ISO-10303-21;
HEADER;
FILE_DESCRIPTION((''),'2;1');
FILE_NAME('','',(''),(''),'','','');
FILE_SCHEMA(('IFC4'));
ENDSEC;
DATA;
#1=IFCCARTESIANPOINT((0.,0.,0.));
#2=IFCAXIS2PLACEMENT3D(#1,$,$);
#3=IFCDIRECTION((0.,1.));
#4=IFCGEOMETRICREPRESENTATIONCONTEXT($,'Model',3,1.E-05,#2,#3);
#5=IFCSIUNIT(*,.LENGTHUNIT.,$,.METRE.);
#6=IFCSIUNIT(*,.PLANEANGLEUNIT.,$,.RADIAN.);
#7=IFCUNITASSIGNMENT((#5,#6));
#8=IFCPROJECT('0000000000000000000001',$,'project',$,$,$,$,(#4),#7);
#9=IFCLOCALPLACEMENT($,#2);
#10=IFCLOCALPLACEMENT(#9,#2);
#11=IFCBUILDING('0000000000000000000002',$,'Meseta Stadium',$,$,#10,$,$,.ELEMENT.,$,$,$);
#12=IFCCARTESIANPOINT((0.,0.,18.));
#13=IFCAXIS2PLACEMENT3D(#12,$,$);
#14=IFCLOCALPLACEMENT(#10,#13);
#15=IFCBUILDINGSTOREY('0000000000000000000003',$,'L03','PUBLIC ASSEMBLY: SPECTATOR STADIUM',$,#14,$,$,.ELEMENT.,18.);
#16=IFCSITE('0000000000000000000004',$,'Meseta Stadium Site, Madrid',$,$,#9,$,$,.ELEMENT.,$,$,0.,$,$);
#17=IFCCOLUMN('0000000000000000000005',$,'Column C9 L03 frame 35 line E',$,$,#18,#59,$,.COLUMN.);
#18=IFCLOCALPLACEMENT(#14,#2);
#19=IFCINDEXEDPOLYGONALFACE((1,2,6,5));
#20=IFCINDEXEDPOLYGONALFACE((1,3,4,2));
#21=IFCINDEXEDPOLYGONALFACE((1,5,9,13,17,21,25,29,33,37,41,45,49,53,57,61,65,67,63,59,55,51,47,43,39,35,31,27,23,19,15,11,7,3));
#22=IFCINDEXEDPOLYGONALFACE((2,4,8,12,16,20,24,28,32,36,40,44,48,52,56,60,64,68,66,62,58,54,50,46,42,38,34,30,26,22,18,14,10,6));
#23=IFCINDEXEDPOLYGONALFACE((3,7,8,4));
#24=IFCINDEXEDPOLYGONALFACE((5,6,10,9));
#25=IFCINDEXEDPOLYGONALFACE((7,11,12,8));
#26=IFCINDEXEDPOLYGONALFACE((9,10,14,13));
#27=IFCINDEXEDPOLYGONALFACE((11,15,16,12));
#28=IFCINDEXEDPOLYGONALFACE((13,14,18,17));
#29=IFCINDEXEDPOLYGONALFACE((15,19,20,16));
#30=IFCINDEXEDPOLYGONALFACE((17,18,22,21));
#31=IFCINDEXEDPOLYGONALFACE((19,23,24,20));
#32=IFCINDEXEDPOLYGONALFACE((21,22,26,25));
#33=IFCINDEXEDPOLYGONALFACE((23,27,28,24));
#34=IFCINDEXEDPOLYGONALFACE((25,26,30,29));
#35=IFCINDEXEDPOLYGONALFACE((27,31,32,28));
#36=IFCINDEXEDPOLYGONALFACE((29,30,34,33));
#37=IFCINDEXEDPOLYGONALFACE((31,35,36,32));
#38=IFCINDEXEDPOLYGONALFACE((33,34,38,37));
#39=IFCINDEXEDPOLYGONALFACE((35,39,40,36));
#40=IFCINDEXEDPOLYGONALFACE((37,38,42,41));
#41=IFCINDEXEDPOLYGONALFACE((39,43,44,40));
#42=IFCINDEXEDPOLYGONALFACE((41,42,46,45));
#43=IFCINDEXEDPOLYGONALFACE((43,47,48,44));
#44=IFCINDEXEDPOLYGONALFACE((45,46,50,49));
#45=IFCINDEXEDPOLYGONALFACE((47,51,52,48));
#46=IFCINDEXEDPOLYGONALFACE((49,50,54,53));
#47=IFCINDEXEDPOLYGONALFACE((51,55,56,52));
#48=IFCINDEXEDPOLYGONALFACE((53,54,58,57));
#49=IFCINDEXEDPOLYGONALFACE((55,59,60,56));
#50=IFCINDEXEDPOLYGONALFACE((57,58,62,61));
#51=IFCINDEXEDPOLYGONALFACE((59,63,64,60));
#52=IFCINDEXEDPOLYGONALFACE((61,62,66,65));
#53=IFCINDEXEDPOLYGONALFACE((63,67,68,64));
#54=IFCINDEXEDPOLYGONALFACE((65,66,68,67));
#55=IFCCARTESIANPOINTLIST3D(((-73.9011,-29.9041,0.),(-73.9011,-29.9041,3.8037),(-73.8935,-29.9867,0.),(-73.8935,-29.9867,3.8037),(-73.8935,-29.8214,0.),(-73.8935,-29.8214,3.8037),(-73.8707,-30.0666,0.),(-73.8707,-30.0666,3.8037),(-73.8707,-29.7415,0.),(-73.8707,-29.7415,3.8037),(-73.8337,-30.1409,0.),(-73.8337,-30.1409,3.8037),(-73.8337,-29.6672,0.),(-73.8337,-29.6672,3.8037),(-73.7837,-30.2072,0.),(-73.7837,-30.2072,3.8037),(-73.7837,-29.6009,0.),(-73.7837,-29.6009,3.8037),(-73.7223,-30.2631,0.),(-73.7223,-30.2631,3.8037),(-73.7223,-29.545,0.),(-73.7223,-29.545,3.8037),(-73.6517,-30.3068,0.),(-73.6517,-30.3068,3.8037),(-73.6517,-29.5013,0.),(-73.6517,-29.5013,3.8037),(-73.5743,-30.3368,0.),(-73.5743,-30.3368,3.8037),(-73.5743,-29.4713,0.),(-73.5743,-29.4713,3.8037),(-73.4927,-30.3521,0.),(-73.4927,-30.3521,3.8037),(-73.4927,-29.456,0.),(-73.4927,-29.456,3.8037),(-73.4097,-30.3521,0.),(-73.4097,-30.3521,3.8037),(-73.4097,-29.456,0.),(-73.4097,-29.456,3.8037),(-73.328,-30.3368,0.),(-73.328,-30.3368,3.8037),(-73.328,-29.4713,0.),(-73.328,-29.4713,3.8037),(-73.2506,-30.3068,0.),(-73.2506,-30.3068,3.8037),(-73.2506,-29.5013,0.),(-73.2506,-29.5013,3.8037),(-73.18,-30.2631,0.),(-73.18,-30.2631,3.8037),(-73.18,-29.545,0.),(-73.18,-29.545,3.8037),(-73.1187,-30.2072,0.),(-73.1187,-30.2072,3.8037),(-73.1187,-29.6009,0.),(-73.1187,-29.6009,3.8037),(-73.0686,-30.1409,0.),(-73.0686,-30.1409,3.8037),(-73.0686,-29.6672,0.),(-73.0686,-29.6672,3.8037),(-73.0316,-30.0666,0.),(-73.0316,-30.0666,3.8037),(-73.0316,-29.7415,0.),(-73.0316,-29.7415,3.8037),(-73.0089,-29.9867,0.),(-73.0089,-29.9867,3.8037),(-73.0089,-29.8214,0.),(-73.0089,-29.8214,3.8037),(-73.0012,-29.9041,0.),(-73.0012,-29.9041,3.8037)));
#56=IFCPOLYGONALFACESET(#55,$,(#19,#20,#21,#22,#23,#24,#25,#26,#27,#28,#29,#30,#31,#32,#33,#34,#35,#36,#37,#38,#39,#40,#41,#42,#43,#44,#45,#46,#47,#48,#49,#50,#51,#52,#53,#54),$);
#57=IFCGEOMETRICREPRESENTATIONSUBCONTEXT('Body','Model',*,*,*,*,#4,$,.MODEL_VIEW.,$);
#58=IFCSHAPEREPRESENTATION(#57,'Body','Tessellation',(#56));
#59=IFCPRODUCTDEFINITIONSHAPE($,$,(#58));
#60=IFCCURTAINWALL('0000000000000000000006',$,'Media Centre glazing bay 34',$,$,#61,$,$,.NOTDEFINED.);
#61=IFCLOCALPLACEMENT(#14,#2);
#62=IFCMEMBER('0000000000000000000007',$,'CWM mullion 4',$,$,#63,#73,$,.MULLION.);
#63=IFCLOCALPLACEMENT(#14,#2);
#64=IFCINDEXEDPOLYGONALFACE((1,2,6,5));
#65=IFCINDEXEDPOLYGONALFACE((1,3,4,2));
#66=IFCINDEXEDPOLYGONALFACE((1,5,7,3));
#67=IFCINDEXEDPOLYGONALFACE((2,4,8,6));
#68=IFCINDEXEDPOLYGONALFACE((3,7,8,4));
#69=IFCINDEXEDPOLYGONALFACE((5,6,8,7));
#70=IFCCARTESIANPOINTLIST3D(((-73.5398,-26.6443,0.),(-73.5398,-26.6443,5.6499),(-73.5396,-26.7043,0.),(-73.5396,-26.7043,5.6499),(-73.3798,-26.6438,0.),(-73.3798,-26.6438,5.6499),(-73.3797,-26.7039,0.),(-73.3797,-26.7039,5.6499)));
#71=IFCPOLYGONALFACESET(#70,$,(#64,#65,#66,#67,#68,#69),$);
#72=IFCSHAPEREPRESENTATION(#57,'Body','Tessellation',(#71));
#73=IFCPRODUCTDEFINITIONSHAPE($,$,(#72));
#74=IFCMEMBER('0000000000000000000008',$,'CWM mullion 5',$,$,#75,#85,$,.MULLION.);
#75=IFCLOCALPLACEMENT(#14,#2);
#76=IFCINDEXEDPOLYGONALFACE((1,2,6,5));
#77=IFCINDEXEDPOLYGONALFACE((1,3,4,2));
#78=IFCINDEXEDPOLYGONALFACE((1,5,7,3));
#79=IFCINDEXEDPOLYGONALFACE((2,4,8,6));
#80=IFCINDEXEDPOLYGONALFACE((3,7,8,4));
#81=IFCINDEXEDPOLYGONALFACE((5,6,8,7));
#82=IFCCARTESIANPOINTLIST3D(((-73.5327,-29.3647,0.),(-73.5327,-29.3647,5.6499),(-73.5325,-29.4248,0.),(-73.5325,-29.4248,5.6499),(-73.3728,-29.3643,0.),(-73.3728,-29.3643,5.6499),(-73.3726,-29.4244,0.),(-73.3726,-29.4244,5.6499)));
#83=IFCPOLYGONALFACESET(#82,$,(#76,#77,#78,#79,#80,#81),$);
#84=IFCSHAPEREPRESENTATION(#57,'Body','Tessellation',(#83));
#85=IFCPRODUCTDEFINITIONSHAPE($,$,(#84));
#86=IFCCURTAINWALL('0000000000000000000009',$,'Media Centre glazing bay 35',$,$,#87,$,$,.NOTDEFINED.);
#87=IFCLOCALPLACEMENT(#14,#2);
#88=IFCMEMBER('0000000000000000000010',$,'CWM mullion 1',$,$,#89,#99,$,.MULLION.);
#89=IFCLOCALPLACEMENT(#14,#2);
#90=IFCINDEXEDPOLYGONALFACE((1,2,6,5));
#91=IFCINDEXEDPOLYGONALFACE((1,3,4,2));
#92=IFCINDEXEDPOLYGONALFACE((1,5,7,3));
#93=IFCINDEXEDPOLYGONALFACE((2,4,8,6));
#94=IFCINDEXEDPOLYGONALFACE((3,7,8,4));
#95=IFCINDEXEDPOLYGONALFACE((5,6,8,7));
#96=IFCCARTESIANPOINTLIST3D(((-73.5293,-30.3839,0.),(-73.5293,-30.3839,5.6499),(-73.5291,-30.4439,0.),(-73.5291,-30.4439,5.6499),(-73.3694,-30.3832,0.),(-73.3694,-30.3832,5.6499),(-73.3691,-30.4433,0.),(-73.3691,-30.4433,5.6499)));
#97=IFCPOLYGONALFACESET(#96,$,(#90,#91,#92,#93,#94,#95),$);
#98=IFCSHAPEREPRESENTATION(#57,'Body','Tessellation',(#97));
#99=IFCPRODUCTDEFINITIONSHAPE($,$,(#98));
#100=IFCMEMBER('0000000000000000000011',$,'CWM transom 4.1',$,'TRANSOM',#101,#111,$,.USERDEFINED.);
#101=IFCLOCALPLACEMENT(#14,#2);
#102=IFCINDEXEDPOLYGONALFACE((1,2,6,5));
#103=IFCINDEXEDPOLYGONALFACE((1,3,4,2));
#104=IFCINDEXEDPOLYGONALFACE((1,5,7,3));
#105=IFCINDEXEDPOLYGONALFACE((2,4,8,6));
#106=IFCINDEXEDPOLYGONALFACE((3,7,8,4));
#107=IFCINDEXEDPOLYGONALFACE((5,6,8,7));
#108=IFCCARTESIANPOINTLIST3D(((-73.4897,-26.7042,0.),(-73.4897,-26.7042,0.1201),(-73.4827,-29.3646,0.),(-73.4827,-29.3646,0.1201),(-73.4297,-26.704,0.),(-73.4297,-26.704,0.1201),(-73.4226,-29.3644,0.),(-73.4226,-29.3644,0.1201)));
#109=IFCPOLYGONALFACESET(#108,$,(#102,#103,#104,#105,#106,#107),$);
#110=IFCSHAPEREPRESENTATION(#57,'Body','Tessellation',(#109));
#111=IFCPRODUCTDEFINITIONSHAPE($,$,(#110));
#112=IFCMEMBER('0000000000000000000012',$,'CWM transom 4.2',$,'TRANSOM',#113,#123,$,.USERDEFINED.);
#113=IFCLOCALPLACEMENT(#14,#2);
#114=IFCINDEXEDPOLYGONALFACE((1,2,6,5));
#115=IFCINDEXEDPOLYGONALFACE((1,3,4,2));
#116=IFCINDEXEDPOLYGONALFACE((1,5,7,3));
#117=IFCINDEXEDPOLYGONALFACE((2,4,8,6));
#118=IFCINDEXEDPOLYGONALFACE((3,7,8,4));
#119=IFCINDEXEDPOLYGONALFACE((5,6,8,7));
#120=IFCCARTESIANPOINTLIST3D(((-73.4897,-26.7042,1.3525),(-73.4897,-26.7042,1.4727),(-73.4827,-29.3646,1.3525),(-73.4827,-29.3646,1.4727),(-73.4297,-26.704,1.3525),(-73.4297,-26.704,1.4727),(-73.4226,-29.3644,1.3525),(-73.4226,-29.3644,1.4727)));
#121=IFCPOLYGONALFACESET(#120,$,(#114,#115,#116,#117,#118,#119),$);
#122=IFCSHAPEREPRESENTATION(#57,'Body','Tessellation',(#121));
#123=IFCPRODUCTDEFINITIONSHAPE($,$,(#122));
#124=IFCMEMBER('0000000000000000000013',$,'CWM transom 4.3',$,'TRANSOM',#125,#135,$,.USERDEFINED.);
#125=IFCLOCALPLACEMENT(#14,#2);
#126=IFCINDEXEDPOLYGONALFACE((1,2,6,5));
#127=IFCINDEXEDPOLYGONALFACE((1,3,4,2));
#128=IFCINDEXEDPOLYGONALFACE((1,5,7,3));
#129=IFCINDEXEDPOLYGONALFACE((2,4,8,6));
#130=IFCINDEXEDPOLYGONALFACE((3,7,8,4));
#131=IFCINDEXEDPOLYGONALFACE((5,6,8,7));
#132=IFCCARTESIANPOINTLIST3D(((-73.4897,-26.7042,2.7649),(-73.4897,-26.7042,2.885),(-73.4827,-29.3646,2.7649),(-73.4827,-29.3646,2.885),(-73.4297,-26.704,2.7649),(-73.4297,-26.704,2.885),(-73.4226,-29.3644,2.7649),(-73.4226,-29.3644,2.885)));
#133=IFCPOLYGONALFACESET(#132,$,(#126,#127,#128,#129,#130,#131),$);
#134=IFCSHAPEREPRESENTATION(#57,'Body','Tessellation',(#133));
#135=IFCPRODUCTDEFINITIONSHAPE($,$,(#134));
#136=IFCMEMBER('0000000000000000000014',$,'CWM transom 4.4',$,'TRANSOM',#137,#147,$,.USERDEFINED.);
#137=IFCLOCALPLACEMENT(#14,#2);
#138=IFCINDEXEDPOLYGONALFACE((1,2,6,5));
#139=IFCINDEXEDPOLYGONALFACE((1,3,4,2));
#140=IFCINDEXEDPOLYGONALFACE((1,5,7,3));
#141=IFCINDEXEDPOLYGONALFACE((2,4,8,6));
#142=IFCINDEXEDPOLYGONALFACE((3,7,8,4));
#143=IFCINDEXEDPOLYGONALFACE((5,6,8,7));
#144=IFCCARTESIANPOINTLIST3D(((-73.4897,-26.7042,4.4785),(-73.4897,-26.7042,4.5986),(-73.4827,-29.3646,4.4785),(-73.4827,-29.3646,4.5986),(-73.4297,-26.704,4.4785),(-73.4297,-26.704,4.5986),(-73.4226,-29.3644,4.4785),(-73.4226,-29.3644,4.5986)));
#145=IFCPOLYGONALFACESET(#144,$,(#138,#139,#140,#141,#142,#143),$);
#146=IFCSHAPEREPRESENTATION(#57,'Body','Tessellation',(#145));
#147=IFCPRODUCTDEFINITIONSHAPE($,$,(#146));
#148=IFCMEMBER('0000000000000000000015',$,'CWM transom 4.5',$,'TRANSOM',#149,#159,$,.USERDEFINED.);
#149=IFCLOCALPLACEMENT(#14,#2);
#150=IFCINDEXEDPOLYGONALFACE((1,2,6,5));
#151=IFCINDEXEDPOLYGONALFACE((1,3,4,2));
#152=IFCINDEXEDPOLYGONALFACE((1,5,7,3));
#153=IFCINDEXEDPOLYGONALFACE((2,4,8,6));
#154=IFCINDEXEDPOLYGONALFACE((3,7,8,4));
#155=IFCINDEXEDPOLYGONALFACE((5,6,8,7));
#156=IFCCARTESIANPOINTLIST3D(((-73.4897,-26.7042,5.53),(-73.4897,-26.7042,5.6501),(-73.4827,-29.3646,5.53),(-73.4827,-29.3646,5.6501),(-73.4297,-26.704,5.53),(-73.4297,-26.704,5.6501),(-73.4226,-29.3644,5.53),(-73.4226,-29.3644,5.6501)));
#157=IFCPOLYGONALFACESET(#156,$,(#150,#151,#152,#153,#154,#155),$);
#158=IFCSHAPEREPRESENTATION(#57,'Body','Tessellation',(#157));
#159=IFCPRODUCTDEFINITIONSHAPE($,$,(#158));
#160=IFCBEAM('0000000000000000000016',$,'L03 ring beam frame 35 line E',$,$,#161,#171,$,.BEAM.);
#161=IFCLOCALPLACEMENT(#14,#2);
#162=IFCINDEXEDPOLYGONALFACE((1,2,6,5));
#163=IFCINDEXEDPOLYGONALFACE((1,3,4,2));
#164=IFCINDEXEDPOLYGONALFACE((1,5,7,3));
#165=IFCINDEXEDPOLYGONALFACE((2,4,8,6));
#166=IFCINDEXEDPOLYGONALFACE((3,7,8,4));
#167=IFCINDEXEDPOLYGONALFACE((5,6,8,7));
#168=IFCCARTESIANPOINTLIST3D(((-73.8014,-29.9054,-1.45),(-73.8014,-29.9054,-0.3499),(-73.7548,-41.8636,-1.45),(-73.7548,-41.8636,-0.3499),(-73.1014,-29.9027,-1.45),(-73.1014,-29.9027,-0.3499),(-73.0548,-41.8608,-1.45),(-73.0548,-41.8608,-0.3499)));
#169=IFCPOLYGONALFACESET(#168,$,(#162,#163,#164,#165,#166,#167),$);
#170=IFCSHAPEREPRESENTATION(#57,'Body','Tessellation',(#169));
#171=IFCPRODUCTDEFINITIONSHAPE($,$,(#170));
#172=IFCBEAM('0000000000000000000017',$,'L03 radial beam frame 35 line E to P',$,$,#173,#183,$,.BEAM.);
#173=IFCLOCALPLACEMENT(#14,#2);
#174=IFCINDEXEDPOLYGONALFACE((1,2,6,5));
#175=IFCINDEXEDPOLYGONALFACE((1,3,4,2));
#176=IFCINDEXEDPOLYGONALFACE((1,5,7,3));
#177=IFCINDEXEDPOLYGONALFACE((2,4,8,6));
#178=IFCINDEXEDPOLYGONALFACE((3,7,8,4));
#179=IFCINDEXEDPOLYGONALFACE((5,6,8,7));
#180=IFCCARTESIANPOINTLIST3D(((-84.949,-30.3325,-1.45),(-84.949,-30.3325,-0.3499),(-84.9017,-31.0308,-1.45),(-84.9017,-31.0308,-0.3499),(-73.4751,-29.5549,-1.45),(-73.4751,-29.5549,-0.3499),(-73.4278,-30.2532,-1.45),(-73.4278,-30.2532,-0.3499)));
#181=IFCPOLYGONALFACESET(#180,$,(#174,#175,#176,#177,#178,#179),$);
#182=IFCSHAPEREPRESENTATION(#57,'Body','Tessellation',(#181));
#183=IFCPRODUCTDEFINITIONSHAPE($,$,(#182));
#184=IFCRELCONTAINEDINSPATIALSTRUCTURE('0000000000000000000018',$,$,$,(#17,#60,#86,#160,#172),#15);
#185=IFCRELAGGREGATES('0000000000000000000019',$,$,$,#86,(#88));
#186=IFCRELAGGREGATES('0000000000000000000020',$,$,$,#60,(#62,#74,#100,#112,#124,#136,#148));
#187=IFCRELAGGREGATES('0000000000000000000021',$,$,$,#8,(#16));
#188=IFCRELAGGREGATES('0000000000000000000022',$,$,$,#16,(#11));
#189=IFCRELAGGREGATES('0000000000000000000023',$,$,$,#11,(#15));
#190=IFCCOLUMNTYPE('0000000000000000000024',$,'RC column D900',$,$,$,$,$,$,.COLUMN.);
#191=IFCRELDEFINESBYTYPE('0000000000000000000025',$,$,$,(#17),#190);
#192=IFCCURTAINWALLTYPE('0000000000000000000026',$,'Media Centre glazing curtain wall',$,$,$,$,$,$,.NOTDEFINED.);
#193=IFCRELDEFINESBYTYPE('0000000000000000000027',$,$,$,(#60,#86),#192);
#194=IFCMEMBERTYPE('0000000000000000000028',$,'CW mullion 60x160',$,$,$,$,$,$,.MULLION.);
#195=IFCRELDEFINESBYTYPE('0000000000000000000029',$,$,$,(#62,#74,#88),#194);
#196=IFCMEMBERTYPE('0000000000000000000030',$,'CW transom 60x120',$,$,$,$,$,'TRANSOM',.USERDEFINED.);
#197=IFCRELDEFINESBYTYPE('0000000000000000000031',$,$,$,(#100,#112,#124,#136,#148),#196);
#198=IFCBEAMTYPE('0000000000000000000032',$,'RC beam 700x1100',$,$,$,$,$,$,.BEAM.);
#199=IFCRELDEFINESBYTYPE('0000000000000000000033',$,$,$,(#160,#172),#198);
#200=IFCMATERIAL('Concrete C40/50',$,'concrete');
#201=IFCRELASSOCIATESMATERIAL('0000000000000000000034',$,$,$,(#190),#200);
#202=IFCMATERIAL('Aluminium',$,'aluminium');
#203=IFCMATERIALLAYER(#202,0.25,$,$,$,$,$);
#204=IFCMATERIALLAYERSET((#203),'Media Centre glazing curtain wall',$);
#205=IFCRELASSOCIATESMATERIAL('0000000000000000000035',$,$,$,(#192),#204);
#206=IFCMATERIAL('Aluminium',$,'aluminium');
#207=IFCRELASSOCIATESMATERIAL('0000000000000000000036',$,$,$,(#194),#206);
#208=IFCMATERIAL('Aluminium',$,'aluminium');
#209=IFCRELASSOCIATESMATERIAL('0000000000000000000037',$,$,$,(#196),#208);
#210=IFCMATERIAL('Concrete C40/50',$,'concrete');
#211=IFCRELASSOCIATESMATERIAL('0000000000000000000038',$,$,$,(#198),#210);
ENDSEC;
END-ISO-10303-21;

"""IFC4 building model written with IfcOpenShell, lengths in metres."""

from ifc_helpers import new_model, si_unit, direction, frame, origin, origin_2d, place, context, subcontext, project, spatial, rectangle, circle, extrude, material, layer, layer_set, material_profile, profile_set, type_object, element, aggregate, save


model = new_model("IFC4")

# Units and contexts
model_context = context("Model", 3, precision=1e-05, world=origin(), true_north=direction((0.0, 1.0)))
body_context = subcontext(model_context, "Body", "Model", "MODEL_VIEW")
ifc_project = project(units=[si_unit("LENGTHUNIT", "METRE"), si_unit("PLANEANGLEUNIT", "RADIAN")], contexts=[model_context])

# Site, building, storey
site_placement = place(None, origin())
site = spatial("IfcSite", under=ifc_project, at=site_placement, Name="Meseta Stadium Site, Madrid", CompositionType="ELEMENT", RefElevation=0.0)
building_placement = place(site_placement, origin())
building = spatial("IfcBuilding", under=site, at=building_placement, Name="Meseta Stadium", CompositionType="ELEMENT")
storey_placement = place(building_placement, frame((0.0, 0.0, 18.0)))
storey = spatial("IfcBuildingStorey", under=building, at=storey_placement, Name="L03", Description="PUBLIC ASSEMBLY: SPECTATOR STADIUM", CompositionType="ELEMENT", Elevation=18.0)

# Column
ifc_material_1 = material(Name="Concrete C40/50", Category="concrete")
ifc_material_profile_1 = material_profile(ifc_material_1, circle(Radius=0.45, at=origin_2d()), Name="RC D900")
ifc_profile_set_1 = profile_set([ifc_material_profile_1], Name="Concrete C40/50")
column_type = type_object("IfcColumnType", Name="RC column D900", PredefinedType="COLUMN", material=ifc_profile_set_1)
column_placement = place(storey_placement, frame((-73.4512, -29.9041, 0.0), z_axis=(0.0, 0.0, 1.0), x_axis=(1.0, 0.0, 0.0)))
element("IfcColumn", 1, at=column_placement, inside=storey, type_object=column_type, Name="Column C9 L03 frame 35 line E", PredefinedType="COLUMN", context=body_context, shape_type="SweptSolid", body=[
    extrude(circle(Radius=0.45, at=origin_2d()), origin(), (0.0, 0.0, 1.0), 3.8037),
])

# Curtain wall, members
ifc_material_2 = material(Name="Aluminium", Category="aluminium")
ifc_layer_1 = layer(ifc_material_2, 0.25)
ifc_layer_set_1 = layer_set([ifc_layer_1], Name="Media Centre glazing curtain wall")
curtain_wall_type = type_object("IfcCurtainWallType", Name="Media Centre glazing curtain wall", PredefinedType="NOTDEFINED", material=ifc_layer_set_1)
curtain_wall_1_placement = place(storey_placement, origin())
curtain_wall_1 = element("IfcCurtainWall", 2, at=curtain_wall_1_placement, inside=storey, type_object=curtain_wall_type, Name="Media Centre glazing bay 34", PredefinedType="NOTDEFINED")
ifc_material_3 = material(Name="Aluminium", Category="aluminium")
ifc_material_profile_2 = material_profile(ifc_material_3, rectangle(XDim=0.1599, YDim=0.0601, at=origin_2d()), Name="CW 160x60")
ifc_profile_set_2 = profile_set([ifc_material_profile_2], Name="Aluminium")
member_type_1 = type_object("IfcMemberType", Name="CW mullion 60x160", PredefinedType="MULLION", material=ifc_profile_set_2)
member_1_placement = place(storey_placement, frame((-73.4597, -26.6741, 0.0), z_axis=(0.0, 0.0, 1.0), x_axis=(0.999997, 0.002606, 0.0)))
member_1 = element("IfcMember", 3, at=member_1_placement, type_object=member_type_1, Name="CWM mullion 4", PredefinedType="MULLION", context=body_context, shape_type="SweptSolid", body=[
    extrude(rectangle(XDim=0.1599, YDim=0.0601, at=origin_2d()), origin(), (0.0, 0.0, 1.0), 5.6499),
])
member_2_placement = place(storey_placement, frame((-73.4526, -29.3945, 0.0), z_axis=(0.0, 0.0, 1.0), x_axis=(0.999997, 0.002606, 0.0)))
member_2 = element("IfcMember", 4, at=member_2_placement, type_object=member_type_1, Name="CWM mullion 5", PredefinedType="MULLION", context=body_context, shape_type="SweptSolid", body=[
    extrude(rectangle(XDim=0.1599, YDim=0.0601, at=origin_2d()), origin(), (0.0, 0.0, 1.0), 5.6499),
])

# Curtain wall, member
curtain_wall_2_placement = place(storey_placement, origin())
curtain_wall_2 = element("IfcCurtainWall", 5, at=curtain_wall_2_placement, inside=storey, type_object=curtain_wall_type, Name="Media Centre glazing bay 35", PredefinedType="NOTDEFINED")
member_3_placement = place(storey_placement, frame((-73.4492, -30.4136, 0.0), z_axis=(0.0, 0.0, 1.0), x_axis=(0.999992, 0.003895, 0.0)))
member_3 = element("IfcMember", 6, at=member_3_placement, type_object=member_type_1, Name="CWM mullion 1", PredefinedType="MULLION", context=body_context, shape_type="SweptSolid", body=[
    extrude(rectangle(XDim=0.1599, YDim=0.0601, at=origin_2d()), origin(), (0.0, 0.0, 1.0), 5.6499),
])
aggregate(curtain_wall_2, [member_3])

# Members
ifc_material_4 = material(Name="Aluminium", Category="aluminium")
ifc_material_profile_3 = material_profile(ifc_material_4, rectangle(XDim=0.0601, YDim=0.1201, at=origin_2d()), Name="CW 60x120")
ifc_profile_set_3 = profile_set([ifc_material_profile_3], Name="Aluminium")
member_type_2 = type_object("IfcMemberType", Name="CW transom 60x120", ElementType="TRANSOM", PredefinedType="USERDEFINED", material=ifc_profile_set_3)
member_4_placement = place(storey_placement, frame((-73.4597, -26.7041, 0.0601), z_axis=(0.002661, -0.999996, 0.0), x_axis=(0.999996, 0.002661, 0.0)))
member_4 = element("IfcMember", 7, at=member_4_placement, type_object=member_type_2, Name="CWM transom 4.1", ObjectType="TRANSOM", PredefinedType="USERDEFINED", context=body_context, shape_type="SweptSolid", body=[
    extrude(rectangle(XDim=0.0601, YDim=0.1201, at=origin_2d()), origin(), (0.0, 0.0, 1.0), 2.6604),
])
member_5_placement = place(storey_placement, frame((-73.4597, -26.7041, 1.4126), z_axis=(0.002661, -0.999996, 0.0), x_axis=(0.999996, 0.002661, 0.0)))
member_5 = element("IfcMember", 8, at=member_5_placement, type_object=member_type_2, Name="CWM transom 4.2", ObjectType="TRANSOM", PredefinedType="USERDEFINED", context=body_context, shape_type="SweptSolid", body=[
    extrude(rectangle(XDim=0.0601, YDim=0.1201, at=origin_2d()), origin(), (0.0, 0.0, 1.0), 2.6604),
])
member_6_placement = place(storey_placement, frame((-73.4597, -26.7041, 2.825), z_axis=(0.002661, -0.999996, 0.0), x_axis=(0.999996, 0.002661, 0.0)))
member_6 = element("IfcMember", 9, at=member_6_placement, type_object=member_type_2, Name="CWM transom 4.3", ObjectType="TRANSOM", PredefinedType="USERDEFINED", context=body_context, shape_type="SweptSolid", body=[
    extrude(rectangle(XDim=0.0601, YDim=0.1201, at=origin_2d()), origin(), (0.0, 0.0, 1.0), 2.6604),
])
member_7_placement = place(storey_placement, frame((-73.4597, -26.7041, 4.5386), z_axis=(0.002661, -0.999996, 0.0), x_axis=(0.999996, 0.002661, 0.0)))
member_7 = element("IfcMember", 10, at=member_7_placement, type_object=member_type_2, Name="CWM transom 4.4", ObjectType="TRANSOM", PredefinedType="USERDEFINED", context=body_context, shape_type="SweptSolid", body=[
    extrude(rectangle(XDim=0.0601, YDim=0.1201, at=origin_2d()), origin(), (0.0, 0.0, 1.0), 2.6604),
])
member_8_placement = place(storey_placement, frame((-73.4597, -26.7041, 5.5901), z_axis=(0.002661, -0.999996, 0.0), x_axis=(0.999996, 0.002661, 0.0)))
member_8 = element("IfcMember", 11, at=member_8_placement, type_object=member_type_2, Name="CWM transom 4.5", ObjectType="TRANSOM", PredefinedType="USERDEFINED", context=body_context, shape_type="SweptSolid", body=[
    extrude(rectangle(XDim=0.0601, YDim=0.1201, at=origin_2d()), origin(), (0.0, 0.0, 1.0), 2.6604),
])

# Beams
ifc_material_5 = material(Name="Concrete C40/50", Category="concrete")
ifc_material_profile_4 = material_profile(ifc_material_5, rectangle(XDim=0.7, YDim=1.1001, at=origin_2d()), Name="RC 700x1100")
ifc_profile_set_4 = profile_set([ifc_material_profile_4], Name="Concrete C40/50")
beam_type = type_object("IfcBeamType", Name="RC beam 700x1100", PredefinedType="BEAM", material=ifc_profile_set_4)
beam_1_placement = place(storey_placement, frame((-73.4514, -29.9041, -0.8999), z_axis=(0.003899, -0.999992, 0.0), x_axis=(0.999992, 0.003899, 0.0)))
element("IfcBeam", 12, at=beam_1_placement, inside=storey, type_object=beam_type, Name="L03 ring beam frame 35 line E", PredefinedType="BEAM", context=body_context, shape_type="SweptSolid", body=[
    extrude(rectangle(XDim=0.7, YDim=1.1001, at=origin_2d()), origin(), (0.0, 0.0, 1.0), 11.9583),
])
beam_2_placement = place(storey_placement, frame((-73.4514, -29.9041, -0.8999), z_axis=(-0.997711, -0.067615, 0.0), x_axis=(0.067615, -0.997711, 0.0)))
element("IfcBeam", 13, at=beam_2_placement, inside=storey, type_object=beam_type, Name="L03 radial beam frame 35 line E to P", PredefinedType="BEAM", context=body_context, shape_type="SweptSolid", body=[
    extrude(rectangle(XDim=0.7, YDim=1.1001, at=origin_2d()), origin(), (0.0, 0.0, 1.0), 11.5002),
])

aggregate(curtain_wall_1, [member_1, member_2, member_4, member_5, member_6, member_7, member_8])

save(model, "model.ifc")
